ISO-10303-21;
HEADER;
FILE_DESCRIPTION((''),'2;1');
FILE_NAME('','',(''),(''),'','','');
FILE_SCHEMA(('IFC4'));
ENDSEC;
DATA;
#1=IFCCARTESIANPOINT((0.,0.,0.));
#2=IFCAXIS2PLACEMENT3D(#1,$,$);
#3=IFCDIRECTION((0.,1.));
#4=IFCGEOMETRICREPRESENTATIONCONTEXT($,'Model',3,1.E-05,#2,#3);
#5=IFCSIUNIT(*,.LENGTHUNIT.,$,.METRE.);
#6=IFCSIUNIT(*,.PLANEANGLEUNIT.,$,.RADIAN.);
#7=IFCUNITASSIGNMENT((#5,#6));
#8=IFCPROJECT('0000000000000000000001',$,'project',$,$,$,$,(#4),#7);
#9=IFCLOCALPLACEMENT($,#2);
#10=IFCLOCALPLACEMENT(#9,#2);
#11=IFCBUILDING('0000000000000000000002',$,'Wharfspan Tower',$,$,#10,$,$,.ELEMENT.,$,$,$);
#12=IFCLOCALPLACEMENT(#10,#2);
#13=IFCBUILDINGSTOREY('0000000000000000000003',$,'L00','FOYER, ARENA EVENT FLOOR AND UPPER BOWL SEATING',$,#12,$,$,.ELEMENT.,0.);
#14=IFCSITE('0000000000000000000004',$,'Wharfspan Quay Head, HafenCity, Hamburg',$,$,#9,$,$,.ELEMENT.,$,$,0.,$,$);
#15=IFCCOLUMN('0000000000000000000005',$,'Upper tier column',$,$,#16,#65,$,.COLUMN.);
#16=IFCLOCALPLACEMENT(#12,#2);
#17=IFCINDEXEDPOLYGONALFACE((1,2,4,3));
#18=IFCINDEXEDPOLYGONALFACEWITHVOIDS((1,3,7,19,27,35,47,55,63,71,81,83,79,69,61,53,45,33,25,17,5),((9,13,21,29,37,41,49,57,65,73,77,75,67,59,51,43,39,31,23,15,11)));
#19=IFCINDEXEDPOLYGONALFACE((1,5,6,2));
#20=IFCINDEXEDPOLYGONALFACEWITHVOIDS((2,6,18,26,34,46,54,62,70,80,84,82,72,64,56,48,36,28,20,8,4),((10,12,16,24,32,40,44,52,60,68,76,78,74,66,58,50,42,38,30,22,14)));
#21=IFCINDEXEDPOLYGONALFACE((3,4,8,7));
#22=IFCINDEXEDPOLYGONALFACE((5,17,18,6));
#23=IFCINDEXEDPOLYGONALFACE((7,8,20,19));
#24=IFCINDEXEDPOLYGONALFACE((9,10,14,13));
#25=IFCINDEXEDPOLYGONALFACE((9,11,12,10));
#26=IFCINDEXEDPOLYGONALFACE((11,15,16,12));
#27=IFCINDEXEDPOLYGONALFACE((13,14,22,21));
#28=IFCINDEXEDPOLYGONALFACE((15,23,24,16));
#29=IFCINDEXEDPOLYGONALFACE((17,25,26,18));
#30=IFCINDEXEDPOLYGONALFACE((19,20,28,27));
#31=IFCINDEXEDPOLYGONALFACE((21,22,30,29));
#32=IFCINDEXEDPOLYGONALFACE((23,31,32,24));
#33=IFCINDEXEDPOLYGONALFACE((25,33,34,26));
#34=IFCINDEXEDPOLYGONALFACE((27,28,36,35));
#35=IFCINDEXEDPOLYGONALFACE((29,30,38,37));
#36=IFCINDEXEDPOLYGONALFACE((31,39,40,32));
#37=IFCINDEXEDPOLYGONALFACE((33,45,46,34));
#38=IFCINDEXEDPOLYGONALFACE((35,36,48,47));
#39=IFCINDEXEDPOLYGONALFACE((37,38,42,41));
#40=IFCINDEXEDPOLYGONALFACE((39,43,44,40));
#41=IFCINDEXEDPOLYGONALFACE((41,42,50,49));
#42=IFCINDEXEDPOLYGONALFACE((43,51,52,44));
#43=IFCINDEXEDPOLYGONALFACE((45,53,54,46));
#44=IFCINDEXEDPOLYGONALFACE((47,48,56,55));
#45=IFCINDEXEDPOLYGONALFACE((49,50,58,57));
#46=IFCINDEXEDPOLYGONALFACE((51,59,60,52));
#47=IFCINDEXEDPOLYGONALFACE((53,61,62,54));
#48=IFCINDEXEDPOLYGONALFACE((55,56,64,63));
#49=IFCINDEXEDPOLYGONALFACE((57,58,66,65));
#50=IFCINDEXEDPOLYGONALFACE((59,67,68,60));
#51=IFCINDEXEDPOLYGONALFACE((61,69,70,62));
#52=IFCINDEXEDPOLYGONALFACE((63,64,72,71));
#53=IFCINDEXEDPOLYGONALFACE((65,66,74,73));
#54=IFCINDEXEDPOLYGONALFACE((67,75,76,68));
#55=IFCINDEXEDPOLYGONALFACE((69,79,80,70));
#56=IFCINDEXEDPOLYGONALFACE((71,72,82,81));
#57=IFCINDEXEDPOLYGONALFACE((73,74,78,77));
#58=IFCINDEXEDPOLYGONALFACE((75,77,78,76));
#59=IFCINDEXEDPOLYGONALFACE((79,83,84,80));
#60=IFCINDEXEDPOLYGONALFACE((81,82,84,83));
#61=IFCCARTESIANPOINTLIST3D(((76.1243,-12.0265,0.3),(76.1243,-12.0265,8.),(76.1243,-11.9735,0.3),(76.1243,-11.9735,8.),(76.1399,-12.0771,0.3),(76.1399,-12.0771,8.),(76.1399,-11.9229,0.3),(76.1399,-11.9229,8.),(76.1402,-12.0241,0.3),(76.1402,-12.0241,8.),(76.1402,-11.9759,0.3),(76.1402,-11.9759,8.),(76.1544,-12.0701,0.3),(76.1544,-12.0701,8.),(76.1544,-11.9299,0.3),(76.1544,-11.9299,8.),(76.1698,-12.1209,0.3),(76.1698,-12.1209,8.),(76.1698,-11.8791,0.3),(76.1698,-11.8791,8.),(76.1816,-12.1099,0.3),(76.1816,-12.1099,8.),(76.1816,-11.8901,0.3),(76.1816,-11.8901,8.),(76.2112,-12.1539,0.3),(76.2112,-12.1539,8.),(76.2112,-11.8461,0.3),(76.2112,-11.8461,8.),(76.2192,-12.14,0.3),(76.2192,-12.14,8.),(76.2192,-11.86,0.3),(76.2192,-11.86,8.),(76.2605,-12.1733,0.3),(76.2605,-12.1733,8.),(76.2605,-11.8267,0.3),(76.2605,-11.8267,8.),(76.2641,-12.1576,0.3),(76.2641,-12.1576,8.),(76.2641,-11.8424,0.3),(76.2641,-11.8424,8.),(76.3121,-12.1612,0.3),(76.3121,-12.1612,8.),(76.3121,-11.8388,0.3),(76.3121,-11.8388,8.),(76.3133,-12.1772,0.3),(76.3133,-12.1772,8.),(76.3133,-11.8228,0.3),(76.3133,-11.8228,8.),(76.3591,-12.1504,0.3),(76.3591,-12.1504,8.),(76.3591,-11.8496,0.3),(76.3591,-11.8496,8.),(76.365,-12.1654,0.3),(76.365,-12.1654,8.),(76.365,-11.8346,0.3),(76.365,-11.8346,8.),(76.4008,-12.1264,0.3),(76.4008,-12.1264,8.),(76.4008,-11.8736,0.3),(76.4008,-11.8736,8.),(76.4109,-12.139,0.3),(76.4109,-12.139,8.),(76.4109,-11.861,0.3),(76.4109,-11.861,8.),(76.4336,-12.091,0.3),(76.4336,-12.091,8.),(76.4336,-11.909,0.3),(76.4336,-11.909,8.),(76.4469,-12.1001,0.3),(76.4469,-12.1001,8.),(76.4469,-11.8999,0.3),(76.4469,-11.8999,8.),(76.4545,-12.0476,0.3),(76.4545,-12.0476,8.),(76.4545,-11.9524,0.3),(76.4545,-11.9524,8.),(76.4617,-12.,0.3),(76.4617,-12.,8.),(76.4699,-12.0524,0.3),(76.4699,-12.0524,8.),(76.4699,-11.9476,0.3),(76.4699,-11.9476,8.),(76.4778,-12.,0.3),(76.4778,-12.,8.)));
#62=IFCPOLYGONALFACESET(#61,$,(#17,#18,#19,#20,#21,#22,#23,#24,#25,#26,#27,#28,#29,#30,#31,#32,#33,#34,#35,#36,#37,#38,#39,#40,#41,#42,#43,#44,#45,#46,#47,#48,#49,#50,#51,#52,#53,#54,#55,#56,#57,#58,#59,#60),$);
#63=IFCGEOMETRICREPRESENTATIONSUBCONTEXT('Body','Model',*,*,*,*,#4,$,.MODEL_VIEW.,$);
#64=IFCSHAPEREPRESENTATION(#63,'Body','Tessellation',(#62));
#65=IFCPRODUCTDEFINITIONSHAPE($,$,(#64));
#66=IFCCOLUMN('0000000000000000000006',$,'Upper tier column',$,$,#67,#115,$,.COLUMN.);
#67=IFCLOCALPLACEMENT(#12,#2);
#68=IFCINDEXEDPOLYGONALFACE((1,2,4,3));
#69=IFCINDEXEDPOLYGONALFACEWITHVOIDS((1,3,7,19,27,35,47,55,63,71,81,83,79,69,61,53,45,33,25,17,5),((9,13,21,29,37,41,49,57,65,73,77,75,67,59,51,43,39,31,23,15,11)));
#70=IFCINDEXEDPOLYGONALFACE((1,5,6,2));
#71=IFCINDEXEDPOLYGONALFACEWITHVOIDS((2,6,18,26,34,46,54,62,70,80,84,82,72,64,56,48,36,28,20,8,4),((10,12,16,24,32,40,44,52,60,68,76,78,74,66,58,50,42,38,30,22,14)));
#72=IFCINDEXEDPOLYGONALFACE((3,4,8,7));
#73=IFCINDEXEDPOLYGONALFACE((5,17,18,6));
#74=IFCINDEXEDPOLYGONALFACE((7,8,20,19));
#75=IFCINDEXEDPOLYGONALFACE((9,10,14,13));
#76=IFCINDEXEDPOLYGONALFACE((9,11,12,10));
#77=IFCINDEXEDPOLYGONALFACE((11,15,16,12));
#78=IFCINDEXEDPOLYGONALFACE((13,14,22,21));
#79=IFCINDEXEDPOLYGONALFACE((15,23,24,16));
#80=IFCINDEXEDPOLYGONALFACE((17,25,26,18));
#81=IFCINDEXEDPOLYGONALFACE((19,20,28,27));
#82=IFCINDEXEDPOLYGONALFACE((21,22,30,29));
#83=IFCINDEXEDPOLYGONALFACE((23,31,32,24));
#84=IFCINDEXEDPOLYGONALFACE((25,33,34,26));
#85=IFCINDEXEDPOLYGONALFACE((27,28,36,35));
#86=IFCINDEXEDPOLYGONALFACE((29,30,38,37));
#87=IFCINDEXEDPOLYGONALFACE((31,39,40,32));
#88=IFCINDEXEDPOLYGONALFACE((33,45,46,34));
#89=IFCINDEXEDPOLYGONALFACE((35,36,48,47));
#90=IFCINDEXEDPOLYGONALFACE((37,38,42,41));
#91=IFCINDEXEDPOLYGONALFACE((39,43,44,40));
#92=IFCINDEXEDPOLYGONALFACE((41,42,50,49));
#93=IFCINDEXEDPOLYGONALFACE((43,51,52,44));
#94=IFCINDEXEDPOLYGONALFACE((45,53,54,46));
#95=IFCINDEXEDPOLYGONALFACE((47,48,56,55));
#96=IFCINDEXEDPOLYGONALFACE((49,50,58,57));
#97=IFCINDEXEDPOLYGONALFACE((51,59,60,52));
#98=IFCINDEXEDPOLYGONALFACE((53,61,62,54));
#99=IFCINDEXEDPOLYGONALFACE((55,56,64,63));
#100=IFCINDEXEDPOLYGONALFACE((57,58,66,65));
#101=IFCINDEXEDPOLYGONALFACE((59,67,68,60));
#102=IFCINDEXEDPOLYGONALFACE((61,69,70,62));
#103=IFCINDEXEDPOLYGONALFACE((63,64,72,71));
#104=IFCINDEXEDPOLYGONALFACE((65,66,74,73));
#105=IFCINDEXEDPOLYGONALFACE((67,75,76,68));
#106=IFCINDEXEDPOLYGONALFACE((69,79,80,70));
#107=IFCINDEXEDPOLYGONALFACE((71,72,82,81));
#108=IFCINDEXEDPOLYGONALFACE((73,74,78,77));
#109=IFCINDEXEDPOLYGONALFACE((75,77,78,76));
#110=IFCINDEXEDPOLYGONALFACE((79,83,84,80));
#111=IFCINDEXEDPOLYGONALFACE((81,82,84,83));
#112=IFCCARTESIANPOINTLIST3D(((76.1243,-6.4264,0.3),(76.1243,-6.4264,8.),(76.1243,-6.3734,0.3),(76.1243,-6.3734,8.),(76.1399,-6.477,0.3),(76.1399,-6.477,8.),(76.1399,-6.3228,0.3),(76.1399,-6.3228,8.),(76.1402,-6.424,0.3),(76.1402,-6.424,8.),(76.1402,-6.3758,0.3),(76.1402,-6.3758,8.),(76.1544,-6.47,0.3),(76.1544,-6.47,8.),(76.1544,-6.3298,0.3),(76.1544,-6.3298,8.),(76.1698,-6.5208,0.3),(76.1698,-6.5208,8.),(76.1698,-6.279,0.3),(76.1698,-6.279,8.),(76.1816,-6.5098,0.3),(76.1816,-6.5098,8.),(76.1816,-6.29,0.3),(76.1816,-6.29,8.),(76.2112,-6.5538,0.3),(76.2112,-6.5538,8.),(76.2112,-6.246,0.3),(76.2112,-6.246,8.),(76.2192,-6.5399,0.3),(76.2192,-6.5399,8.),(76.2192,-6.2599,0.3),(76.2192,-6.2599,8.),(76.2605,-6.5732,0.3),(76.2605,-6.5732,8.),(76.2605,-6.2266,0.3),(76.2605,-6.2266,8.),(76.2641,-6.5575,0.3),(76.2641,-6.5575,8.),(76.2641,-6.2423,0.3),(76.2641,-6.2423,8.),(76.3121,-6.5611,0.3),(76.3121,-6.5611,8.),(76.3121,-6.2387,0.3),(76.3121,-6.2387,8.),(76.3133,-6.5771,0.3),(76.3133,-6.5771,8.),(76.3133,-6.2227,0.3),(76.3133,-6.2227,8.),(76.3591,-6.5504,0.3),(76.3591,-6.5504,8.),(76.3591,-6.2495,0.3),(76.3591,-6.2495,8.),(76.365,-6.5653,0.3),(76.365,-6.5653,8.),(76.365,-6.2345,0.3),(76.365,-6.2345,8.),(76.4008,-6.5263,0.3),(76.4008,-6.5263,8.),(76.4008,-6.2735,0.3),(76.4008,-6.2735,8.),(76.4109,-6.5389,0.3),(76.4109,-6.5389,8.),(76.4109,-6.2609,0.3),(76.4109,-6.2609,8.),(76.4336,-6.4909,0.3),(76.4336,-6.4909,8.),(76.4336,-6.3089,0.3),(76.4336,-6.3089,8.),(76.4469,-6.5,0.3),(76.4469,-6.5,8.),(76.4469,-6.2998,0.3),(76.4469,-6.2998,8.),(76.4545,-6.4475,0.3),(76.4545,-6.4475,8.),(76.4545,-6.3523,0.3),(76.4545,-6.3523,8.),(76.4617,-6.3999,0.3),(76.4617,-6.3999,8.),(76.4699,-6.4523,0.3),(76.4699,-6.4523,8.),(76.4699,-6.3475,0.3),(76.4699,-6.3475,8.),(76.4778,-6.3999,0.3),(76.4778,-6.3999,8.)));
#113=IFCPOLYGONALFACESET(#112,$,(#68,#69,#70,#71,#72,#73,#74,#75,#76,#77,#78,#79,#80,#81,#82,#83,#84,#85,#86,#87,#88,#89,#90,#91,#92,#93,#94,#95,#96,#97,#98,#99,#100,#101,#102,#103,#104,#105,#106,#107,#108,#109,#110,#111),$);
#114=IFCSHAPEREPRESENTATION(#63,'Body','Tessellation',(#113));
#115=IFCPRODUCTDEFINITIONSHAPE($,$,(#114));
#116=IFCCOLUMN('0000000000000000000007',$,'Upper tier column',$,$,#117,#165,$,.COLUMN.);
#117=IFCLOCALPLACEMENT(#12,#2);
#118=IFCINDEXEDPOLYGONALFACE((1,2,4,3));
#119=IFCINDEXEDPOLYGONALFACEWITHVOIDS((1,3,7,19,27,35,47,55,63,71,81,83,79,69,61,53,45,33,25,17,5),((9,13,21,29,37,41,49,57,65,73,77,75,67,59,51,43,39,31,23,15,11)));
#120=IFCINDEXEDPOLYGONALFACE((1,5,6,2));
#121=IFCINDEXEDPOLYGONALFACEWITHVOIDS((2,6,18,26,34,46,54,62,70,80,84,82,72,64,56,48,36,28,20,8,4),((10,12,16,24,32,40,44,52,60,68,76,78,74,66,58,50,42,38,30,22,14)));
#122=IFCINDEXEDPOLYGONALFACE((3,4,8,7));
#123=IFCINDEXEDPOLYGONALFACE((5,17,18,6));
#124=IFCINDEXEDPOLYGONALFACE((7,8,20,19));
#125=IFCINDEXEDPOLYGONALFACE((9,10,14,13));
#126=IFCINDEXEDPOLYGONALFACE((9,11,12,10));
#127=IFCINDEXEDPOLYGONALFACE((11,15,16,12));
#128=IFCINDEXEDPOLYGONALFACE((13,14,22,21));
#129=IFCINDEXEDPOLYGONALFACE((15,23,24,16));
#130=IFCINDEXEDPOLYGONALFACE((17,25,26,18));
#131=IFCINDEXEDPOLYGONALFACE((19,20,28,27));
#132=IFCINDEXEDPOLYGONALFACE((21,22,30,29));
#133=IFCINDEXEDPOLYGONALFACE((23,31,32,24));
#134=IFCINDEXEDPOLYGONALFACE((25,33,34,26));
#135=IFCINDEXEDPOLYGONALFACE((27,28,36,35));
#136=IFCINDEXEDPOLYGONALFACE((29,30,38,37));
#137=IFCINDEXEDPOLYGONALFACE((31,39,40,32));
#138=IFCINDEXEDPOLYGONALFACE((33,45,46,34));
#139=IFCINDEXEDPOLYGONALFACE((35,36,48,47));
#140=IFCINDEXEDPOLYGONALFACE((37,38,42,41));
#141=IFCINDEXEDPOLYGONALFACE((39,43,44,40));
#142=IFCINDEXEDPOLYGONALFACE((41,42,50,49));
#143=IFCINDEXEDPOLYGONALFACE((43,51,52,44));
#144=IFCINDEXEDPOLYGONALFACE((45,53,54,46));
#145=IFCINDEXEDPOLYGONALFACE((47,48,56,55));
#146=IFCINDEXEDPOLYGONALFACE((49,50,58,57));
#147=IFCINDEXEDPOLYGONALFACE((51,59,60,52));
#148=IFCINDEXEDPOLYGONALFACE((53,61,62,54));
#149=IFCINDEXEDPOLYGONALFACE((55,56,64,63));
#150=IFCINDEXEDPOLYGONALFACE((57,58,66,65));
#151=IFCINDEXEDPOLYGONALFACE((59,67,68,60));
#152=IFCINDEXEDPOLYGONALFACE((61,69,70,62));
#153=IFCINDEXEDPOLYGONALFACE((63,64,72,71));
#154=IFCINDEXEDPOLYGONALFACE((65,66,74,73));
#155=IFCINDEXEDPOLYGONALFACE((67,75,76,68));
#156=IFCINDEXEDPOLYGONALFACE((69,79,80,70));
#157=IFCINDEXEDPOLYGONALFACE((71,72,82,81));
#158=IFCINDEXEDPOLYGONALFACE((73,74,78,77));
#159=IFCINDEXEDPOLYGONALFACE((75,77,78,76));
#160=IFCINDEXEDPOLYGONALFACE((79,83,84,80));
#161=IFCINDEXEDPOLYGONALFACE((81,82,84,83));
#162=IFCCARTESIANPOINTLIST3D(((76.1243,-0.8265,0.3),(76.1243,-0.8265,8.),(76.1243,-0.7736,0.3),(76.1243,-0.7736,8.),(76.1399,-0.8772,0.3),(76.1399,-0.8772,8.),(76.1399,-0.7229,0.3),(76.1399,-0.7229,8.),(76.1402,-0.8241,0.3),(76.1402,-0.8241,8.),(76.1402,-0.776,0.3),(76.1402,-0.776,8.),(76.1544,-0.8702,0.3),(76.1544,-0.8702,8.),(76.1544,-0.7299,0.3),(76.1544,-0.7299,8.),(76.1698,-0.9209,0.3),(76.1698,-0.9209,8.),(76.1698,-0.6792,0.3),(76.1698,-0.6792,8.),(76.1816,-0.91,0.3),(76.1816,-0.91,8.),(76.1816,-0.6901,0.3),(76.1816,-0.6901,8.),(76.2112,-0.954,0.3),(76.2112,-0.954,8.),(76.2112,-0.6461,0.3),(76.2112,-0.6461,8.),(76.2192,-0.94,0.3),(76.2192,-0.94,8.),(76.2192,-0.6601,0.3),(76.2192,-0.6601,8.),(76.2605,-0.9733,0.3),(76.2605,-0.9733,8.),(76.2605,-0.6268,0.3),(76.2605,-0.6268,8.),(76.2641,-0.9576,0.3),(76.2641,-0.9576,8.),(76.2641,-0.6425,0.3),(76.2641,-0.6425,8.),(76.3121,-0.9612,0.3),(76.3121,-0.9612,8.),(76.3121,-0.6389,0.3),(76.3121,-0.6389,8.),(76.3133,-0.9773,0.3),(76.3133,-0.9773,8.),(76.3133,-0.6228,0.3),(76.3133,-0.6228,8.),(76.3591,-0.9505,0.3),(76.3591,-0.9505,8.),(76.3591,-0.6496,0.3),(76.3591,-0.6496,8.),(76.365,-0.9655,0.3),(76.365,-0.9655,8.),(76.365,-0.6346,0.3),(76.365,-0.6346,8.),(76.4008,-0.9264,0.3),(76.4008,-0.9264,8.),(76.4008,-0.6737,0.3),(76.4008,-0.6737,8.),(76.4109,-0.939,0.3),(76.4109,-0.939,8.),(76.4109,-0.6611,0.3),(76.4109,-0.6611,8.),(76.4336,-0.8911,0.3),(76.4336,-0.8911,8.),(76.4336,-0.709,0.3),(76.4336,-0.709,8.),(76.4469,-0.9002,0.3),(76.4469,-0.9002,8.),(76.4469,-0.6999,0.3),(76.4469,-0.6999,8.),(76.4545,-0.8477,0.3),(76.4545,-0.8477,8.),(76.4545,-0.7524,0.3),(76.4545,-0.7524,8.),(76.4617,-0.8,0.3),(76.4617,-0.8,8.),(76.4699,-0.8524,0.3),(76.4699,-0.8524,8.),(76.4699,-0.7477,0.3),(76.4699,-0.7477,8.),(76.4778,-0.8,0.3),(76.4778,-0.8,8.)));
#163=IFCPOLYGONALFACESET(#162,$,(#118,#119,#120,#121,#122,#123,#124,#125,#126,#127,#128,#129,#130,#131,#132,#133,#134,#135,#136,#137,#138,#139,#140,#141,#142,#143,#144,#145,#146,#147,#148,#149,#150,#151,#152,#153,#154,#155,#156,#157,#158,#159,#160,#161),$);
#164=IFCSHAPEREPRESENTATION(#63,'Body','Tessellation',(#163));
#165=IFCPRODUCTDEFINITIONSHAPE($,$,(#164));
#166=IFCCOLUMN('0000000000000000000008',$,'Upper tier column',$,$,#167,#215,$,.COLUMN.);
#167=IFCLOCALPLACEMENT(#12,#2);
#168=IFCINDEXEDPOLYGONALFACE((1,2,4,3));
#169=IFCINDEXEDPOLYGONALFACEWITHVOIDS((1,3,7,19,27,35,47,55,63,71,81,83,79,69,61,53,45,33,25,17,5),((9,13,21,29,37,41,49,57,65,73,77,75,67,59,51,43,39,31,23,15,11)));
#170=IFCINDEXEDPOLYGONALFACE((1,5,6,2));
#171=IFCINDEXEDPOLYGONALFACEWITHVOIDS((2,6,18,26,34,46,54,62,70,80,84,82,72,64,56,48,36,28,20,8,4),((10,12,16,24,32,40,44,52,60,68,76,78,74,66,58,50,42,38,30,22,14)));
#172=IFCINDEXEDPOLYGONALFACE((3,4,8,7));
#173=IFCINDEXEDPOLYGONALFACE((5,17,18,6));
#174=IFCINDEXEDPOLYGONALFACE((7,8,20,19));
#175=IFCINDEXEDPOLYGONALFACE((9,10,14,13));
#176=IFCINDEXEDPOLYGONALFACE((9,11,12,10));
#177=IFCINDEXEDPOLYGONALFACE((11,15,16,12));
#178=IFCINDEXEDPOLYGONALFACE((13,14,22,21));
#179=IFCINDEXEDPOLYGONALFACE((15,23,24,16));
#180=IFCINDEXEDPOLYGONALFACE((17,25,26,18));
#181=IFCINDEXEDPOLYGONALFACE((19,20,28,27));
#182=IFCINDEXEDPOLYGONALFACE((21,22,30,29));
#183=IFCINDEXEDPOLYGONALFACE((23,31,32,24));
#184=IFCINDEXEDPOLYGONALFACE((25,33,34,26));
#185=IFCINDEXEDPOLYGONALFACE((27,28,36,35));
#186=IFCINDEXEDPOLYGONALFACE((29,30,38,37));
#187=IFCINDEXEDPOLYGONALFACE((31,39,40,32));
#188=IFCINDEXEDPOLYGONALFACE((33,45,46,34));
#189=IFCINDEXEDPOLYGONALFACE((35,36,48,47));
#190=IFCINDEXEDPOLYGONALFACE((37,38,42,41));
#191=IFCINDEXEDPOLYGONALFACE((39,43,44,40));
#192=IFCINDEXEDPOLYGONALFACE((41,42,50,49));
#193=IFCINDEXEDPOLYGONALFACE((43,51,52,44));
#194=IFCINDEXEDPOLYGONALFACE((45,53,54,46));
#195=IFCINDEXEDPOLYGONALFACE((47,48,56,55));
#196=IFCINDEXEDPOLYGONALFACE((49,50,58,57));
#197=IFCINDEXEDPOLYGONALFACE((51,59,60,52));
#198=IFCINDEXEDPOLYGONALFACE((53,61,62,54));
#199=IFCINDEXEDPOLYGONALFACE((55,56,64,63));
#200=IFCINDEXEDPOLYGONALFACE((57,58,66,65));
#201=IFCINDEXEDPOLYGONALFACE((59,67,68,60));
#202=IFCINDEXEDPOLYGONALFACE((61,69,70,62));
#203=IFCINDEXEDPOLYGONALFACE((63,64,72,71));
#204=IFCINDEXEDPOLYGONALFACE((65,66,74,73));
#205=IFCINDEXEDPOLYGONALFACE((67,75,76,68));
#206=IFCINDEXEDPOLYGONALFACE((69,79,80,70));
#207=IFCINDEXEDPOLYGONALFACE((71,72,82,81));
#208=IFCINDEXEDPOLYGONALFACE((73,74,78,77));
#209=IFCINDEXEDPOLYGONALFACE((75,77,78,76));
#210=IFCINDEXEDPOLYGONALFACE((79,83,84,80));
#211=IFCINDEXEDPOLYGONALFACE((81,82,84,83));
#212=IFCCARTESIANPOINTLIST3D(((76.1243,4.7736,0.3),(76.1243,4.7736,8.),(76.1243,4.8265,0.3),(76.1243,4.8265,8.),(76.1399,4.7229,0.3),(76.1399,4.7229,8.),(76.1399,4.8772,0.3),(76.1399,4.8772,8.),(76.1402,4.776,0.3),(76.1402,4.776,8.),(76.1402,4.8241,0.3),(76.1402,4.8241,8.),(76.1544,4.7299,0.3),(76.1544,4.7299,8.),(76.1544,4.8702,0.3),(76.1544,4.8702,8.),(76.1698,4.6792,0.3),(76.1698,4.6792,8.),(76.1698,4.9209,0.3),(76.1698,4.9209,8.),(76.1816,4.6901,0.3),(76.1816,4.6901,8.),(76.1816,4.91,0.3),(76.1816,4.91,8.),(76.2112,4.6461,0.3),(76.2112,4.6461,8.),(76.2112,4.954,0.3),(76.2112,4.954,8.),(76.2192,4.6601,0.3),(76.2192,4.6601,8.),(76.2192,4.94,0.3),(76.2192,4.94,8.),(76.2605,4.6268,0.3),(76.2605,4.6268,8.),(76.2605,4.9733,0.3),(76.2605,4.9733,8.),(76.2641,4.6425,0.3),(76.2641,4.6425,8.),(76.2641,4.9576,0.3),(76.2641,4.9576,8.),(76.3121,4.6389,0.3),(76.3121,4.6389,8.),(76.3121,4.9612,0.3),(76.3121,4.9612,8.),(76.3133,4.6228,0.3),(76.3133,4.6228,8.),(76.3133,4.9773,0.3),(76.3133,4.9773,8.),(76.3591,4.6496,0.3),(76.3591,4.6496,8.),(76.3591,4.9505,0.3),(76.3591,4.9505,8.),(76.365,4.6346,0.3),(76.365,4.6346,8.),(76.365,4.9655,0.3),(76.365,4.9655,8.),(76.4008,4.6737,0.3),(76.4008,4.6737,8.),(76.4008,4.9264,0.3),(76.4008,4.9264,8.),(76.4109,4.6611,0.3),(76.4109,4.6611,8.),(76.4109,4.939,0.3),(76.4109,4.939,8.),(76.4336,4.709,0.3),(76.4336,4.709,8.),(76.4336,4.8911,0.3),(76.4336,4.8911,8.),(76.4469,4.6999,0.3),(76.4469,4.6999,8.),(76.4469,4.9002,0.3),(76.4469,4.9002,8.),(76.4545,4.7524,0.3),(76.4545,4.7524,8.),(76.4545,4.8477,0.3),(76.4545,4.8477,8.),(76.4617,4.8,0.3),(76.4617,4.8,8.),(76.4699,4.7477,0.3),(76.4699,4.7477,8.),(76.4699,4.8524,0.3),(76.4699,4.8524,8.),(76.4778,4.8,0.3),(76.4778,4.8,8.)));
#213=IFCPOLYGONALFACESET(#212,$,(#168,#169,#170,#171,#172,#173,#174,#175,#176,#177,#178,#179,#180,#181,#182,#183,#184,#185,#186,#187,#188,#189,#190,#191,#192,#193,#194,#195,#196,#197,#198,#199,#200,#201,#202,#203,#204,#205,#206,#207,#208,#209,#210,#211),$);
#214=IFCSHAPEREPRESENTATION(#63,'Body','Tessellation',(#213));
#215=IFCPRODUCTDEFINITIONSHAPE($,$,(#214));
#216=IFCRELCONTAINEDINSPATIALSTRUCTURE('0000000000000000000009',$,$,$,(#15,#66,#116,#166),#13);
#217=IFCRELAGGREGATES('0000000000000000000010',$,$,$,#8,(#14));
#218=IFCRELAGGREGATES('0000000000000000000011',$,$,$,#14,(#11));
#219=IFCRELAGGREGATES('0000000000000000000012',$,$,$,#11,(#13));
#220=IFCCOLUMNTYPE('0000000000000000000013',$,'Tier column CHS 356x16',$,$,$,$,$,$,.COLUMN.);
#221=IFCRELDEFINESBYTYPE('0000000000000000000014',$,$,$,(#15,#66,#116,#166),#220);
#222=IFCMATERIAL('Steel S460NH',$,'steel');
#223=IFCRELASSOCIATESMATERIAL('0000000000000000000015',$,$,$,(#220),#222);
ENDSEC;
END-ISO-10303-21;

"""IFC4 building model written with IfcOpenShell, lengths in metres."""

from ifc_helpers import new_model, si_unit, direction, frame, origin, origin_2d, place, context, subcontext, project, spatial, hollow_circle, extrude, material, material_profile, profile_set, type_object, element, save


model = new_model("IFC4")

# Units and contexts
model_context = context("Model", 3, precision=1e-05, world=origin(), true_north=direction((0.0, 1.0)))
body_context = subcontext(model_context, "Body", "Model", "MODEL_VIEW")
ifc_project = project(units=[si_unit("LENGTHUNIT", "METRE"), si_unit("PLANEANGLEUNIT", "RADIAN")], contexts=[model_context])

# Site, building, storey
site_placement = place(None, origin())
site = spatial("IfcSite", under=ifc_project, at=site_placement, Name="Wharfspan Quay Head, HafenCity, Hamburg", CompositionType="ELEMENT", RefElevation=0.0)
building_placement = place(site_placement, origin())
building = spatial("IfcBuilding", under=site, at=building_placement, Name="Wharfspan Tower", CompositionType="ELEMENT")
storey_placement = place(building_placement, origin())
storey = spatial("IfcBuildingStorey", under=building, at=storey_placement, Name="L00", Description="FOYER, ARENA EVENT FLOOR AND UPPER BOWL SEATING", CompositionType="ELEMENT", Elevation=0.0)

# Columns
ifc_material_1 = material(Name="Steel S460NH", Category="steel")
ifc_material_profile_1 = material_profile(ifc_material_1, hollow_circle(Radius=0.1777, WallThickness=0.0161, at=origin_2d()))
ifc_profile_set_1 = profile_set([ifc_material_profile_1], Name="Steel S460NH")
column_type_1 = type_object("IfcColumnType", Name="Tier column CHS 356x16", PredefinedType="COLUMN", material=ifc_profile_set_1)
for number, where, z_axis, x_axis, name in (
    (1, (76.3, -12.0, 0.3), (0.0, 0.0, 1.0), (1.0, 0.0, 0.0), "Upper tier column"),
    (2, (76.3, -6.3999, 0.3), (0.0, 0.0, 1.0), (1.0, 0.0, 0.0), "Upper tier column"),
    (3, (76.3, -0.8, 0.3), (0.0, 0.0, 1.0), (1.0, 0.0, 0.0), "Upper tier column"),
    (4, (76.3, 4.8, 0.3), (0.0, 0.0, 1.0), (1.0, 0.0, 0.0), "Upper tier column"),
):
    element("IfcColumn", number, at=place(storey_placement, frame(where, z_axis=z_axis, x_axis=x_axis)), inside=storey, type_object=column_type_1, Name=name, PredefinedType="COLUMN", context=body_context, shape_type="SweptSolid", body=[
        extrude(hollow_circle(Radius=0.1777, WallThickness=0.0161, at=origin_2d()), origin(), (0.0, 0.0, 1.0), 7.7),
    ])

save(model, "model.ifc")
